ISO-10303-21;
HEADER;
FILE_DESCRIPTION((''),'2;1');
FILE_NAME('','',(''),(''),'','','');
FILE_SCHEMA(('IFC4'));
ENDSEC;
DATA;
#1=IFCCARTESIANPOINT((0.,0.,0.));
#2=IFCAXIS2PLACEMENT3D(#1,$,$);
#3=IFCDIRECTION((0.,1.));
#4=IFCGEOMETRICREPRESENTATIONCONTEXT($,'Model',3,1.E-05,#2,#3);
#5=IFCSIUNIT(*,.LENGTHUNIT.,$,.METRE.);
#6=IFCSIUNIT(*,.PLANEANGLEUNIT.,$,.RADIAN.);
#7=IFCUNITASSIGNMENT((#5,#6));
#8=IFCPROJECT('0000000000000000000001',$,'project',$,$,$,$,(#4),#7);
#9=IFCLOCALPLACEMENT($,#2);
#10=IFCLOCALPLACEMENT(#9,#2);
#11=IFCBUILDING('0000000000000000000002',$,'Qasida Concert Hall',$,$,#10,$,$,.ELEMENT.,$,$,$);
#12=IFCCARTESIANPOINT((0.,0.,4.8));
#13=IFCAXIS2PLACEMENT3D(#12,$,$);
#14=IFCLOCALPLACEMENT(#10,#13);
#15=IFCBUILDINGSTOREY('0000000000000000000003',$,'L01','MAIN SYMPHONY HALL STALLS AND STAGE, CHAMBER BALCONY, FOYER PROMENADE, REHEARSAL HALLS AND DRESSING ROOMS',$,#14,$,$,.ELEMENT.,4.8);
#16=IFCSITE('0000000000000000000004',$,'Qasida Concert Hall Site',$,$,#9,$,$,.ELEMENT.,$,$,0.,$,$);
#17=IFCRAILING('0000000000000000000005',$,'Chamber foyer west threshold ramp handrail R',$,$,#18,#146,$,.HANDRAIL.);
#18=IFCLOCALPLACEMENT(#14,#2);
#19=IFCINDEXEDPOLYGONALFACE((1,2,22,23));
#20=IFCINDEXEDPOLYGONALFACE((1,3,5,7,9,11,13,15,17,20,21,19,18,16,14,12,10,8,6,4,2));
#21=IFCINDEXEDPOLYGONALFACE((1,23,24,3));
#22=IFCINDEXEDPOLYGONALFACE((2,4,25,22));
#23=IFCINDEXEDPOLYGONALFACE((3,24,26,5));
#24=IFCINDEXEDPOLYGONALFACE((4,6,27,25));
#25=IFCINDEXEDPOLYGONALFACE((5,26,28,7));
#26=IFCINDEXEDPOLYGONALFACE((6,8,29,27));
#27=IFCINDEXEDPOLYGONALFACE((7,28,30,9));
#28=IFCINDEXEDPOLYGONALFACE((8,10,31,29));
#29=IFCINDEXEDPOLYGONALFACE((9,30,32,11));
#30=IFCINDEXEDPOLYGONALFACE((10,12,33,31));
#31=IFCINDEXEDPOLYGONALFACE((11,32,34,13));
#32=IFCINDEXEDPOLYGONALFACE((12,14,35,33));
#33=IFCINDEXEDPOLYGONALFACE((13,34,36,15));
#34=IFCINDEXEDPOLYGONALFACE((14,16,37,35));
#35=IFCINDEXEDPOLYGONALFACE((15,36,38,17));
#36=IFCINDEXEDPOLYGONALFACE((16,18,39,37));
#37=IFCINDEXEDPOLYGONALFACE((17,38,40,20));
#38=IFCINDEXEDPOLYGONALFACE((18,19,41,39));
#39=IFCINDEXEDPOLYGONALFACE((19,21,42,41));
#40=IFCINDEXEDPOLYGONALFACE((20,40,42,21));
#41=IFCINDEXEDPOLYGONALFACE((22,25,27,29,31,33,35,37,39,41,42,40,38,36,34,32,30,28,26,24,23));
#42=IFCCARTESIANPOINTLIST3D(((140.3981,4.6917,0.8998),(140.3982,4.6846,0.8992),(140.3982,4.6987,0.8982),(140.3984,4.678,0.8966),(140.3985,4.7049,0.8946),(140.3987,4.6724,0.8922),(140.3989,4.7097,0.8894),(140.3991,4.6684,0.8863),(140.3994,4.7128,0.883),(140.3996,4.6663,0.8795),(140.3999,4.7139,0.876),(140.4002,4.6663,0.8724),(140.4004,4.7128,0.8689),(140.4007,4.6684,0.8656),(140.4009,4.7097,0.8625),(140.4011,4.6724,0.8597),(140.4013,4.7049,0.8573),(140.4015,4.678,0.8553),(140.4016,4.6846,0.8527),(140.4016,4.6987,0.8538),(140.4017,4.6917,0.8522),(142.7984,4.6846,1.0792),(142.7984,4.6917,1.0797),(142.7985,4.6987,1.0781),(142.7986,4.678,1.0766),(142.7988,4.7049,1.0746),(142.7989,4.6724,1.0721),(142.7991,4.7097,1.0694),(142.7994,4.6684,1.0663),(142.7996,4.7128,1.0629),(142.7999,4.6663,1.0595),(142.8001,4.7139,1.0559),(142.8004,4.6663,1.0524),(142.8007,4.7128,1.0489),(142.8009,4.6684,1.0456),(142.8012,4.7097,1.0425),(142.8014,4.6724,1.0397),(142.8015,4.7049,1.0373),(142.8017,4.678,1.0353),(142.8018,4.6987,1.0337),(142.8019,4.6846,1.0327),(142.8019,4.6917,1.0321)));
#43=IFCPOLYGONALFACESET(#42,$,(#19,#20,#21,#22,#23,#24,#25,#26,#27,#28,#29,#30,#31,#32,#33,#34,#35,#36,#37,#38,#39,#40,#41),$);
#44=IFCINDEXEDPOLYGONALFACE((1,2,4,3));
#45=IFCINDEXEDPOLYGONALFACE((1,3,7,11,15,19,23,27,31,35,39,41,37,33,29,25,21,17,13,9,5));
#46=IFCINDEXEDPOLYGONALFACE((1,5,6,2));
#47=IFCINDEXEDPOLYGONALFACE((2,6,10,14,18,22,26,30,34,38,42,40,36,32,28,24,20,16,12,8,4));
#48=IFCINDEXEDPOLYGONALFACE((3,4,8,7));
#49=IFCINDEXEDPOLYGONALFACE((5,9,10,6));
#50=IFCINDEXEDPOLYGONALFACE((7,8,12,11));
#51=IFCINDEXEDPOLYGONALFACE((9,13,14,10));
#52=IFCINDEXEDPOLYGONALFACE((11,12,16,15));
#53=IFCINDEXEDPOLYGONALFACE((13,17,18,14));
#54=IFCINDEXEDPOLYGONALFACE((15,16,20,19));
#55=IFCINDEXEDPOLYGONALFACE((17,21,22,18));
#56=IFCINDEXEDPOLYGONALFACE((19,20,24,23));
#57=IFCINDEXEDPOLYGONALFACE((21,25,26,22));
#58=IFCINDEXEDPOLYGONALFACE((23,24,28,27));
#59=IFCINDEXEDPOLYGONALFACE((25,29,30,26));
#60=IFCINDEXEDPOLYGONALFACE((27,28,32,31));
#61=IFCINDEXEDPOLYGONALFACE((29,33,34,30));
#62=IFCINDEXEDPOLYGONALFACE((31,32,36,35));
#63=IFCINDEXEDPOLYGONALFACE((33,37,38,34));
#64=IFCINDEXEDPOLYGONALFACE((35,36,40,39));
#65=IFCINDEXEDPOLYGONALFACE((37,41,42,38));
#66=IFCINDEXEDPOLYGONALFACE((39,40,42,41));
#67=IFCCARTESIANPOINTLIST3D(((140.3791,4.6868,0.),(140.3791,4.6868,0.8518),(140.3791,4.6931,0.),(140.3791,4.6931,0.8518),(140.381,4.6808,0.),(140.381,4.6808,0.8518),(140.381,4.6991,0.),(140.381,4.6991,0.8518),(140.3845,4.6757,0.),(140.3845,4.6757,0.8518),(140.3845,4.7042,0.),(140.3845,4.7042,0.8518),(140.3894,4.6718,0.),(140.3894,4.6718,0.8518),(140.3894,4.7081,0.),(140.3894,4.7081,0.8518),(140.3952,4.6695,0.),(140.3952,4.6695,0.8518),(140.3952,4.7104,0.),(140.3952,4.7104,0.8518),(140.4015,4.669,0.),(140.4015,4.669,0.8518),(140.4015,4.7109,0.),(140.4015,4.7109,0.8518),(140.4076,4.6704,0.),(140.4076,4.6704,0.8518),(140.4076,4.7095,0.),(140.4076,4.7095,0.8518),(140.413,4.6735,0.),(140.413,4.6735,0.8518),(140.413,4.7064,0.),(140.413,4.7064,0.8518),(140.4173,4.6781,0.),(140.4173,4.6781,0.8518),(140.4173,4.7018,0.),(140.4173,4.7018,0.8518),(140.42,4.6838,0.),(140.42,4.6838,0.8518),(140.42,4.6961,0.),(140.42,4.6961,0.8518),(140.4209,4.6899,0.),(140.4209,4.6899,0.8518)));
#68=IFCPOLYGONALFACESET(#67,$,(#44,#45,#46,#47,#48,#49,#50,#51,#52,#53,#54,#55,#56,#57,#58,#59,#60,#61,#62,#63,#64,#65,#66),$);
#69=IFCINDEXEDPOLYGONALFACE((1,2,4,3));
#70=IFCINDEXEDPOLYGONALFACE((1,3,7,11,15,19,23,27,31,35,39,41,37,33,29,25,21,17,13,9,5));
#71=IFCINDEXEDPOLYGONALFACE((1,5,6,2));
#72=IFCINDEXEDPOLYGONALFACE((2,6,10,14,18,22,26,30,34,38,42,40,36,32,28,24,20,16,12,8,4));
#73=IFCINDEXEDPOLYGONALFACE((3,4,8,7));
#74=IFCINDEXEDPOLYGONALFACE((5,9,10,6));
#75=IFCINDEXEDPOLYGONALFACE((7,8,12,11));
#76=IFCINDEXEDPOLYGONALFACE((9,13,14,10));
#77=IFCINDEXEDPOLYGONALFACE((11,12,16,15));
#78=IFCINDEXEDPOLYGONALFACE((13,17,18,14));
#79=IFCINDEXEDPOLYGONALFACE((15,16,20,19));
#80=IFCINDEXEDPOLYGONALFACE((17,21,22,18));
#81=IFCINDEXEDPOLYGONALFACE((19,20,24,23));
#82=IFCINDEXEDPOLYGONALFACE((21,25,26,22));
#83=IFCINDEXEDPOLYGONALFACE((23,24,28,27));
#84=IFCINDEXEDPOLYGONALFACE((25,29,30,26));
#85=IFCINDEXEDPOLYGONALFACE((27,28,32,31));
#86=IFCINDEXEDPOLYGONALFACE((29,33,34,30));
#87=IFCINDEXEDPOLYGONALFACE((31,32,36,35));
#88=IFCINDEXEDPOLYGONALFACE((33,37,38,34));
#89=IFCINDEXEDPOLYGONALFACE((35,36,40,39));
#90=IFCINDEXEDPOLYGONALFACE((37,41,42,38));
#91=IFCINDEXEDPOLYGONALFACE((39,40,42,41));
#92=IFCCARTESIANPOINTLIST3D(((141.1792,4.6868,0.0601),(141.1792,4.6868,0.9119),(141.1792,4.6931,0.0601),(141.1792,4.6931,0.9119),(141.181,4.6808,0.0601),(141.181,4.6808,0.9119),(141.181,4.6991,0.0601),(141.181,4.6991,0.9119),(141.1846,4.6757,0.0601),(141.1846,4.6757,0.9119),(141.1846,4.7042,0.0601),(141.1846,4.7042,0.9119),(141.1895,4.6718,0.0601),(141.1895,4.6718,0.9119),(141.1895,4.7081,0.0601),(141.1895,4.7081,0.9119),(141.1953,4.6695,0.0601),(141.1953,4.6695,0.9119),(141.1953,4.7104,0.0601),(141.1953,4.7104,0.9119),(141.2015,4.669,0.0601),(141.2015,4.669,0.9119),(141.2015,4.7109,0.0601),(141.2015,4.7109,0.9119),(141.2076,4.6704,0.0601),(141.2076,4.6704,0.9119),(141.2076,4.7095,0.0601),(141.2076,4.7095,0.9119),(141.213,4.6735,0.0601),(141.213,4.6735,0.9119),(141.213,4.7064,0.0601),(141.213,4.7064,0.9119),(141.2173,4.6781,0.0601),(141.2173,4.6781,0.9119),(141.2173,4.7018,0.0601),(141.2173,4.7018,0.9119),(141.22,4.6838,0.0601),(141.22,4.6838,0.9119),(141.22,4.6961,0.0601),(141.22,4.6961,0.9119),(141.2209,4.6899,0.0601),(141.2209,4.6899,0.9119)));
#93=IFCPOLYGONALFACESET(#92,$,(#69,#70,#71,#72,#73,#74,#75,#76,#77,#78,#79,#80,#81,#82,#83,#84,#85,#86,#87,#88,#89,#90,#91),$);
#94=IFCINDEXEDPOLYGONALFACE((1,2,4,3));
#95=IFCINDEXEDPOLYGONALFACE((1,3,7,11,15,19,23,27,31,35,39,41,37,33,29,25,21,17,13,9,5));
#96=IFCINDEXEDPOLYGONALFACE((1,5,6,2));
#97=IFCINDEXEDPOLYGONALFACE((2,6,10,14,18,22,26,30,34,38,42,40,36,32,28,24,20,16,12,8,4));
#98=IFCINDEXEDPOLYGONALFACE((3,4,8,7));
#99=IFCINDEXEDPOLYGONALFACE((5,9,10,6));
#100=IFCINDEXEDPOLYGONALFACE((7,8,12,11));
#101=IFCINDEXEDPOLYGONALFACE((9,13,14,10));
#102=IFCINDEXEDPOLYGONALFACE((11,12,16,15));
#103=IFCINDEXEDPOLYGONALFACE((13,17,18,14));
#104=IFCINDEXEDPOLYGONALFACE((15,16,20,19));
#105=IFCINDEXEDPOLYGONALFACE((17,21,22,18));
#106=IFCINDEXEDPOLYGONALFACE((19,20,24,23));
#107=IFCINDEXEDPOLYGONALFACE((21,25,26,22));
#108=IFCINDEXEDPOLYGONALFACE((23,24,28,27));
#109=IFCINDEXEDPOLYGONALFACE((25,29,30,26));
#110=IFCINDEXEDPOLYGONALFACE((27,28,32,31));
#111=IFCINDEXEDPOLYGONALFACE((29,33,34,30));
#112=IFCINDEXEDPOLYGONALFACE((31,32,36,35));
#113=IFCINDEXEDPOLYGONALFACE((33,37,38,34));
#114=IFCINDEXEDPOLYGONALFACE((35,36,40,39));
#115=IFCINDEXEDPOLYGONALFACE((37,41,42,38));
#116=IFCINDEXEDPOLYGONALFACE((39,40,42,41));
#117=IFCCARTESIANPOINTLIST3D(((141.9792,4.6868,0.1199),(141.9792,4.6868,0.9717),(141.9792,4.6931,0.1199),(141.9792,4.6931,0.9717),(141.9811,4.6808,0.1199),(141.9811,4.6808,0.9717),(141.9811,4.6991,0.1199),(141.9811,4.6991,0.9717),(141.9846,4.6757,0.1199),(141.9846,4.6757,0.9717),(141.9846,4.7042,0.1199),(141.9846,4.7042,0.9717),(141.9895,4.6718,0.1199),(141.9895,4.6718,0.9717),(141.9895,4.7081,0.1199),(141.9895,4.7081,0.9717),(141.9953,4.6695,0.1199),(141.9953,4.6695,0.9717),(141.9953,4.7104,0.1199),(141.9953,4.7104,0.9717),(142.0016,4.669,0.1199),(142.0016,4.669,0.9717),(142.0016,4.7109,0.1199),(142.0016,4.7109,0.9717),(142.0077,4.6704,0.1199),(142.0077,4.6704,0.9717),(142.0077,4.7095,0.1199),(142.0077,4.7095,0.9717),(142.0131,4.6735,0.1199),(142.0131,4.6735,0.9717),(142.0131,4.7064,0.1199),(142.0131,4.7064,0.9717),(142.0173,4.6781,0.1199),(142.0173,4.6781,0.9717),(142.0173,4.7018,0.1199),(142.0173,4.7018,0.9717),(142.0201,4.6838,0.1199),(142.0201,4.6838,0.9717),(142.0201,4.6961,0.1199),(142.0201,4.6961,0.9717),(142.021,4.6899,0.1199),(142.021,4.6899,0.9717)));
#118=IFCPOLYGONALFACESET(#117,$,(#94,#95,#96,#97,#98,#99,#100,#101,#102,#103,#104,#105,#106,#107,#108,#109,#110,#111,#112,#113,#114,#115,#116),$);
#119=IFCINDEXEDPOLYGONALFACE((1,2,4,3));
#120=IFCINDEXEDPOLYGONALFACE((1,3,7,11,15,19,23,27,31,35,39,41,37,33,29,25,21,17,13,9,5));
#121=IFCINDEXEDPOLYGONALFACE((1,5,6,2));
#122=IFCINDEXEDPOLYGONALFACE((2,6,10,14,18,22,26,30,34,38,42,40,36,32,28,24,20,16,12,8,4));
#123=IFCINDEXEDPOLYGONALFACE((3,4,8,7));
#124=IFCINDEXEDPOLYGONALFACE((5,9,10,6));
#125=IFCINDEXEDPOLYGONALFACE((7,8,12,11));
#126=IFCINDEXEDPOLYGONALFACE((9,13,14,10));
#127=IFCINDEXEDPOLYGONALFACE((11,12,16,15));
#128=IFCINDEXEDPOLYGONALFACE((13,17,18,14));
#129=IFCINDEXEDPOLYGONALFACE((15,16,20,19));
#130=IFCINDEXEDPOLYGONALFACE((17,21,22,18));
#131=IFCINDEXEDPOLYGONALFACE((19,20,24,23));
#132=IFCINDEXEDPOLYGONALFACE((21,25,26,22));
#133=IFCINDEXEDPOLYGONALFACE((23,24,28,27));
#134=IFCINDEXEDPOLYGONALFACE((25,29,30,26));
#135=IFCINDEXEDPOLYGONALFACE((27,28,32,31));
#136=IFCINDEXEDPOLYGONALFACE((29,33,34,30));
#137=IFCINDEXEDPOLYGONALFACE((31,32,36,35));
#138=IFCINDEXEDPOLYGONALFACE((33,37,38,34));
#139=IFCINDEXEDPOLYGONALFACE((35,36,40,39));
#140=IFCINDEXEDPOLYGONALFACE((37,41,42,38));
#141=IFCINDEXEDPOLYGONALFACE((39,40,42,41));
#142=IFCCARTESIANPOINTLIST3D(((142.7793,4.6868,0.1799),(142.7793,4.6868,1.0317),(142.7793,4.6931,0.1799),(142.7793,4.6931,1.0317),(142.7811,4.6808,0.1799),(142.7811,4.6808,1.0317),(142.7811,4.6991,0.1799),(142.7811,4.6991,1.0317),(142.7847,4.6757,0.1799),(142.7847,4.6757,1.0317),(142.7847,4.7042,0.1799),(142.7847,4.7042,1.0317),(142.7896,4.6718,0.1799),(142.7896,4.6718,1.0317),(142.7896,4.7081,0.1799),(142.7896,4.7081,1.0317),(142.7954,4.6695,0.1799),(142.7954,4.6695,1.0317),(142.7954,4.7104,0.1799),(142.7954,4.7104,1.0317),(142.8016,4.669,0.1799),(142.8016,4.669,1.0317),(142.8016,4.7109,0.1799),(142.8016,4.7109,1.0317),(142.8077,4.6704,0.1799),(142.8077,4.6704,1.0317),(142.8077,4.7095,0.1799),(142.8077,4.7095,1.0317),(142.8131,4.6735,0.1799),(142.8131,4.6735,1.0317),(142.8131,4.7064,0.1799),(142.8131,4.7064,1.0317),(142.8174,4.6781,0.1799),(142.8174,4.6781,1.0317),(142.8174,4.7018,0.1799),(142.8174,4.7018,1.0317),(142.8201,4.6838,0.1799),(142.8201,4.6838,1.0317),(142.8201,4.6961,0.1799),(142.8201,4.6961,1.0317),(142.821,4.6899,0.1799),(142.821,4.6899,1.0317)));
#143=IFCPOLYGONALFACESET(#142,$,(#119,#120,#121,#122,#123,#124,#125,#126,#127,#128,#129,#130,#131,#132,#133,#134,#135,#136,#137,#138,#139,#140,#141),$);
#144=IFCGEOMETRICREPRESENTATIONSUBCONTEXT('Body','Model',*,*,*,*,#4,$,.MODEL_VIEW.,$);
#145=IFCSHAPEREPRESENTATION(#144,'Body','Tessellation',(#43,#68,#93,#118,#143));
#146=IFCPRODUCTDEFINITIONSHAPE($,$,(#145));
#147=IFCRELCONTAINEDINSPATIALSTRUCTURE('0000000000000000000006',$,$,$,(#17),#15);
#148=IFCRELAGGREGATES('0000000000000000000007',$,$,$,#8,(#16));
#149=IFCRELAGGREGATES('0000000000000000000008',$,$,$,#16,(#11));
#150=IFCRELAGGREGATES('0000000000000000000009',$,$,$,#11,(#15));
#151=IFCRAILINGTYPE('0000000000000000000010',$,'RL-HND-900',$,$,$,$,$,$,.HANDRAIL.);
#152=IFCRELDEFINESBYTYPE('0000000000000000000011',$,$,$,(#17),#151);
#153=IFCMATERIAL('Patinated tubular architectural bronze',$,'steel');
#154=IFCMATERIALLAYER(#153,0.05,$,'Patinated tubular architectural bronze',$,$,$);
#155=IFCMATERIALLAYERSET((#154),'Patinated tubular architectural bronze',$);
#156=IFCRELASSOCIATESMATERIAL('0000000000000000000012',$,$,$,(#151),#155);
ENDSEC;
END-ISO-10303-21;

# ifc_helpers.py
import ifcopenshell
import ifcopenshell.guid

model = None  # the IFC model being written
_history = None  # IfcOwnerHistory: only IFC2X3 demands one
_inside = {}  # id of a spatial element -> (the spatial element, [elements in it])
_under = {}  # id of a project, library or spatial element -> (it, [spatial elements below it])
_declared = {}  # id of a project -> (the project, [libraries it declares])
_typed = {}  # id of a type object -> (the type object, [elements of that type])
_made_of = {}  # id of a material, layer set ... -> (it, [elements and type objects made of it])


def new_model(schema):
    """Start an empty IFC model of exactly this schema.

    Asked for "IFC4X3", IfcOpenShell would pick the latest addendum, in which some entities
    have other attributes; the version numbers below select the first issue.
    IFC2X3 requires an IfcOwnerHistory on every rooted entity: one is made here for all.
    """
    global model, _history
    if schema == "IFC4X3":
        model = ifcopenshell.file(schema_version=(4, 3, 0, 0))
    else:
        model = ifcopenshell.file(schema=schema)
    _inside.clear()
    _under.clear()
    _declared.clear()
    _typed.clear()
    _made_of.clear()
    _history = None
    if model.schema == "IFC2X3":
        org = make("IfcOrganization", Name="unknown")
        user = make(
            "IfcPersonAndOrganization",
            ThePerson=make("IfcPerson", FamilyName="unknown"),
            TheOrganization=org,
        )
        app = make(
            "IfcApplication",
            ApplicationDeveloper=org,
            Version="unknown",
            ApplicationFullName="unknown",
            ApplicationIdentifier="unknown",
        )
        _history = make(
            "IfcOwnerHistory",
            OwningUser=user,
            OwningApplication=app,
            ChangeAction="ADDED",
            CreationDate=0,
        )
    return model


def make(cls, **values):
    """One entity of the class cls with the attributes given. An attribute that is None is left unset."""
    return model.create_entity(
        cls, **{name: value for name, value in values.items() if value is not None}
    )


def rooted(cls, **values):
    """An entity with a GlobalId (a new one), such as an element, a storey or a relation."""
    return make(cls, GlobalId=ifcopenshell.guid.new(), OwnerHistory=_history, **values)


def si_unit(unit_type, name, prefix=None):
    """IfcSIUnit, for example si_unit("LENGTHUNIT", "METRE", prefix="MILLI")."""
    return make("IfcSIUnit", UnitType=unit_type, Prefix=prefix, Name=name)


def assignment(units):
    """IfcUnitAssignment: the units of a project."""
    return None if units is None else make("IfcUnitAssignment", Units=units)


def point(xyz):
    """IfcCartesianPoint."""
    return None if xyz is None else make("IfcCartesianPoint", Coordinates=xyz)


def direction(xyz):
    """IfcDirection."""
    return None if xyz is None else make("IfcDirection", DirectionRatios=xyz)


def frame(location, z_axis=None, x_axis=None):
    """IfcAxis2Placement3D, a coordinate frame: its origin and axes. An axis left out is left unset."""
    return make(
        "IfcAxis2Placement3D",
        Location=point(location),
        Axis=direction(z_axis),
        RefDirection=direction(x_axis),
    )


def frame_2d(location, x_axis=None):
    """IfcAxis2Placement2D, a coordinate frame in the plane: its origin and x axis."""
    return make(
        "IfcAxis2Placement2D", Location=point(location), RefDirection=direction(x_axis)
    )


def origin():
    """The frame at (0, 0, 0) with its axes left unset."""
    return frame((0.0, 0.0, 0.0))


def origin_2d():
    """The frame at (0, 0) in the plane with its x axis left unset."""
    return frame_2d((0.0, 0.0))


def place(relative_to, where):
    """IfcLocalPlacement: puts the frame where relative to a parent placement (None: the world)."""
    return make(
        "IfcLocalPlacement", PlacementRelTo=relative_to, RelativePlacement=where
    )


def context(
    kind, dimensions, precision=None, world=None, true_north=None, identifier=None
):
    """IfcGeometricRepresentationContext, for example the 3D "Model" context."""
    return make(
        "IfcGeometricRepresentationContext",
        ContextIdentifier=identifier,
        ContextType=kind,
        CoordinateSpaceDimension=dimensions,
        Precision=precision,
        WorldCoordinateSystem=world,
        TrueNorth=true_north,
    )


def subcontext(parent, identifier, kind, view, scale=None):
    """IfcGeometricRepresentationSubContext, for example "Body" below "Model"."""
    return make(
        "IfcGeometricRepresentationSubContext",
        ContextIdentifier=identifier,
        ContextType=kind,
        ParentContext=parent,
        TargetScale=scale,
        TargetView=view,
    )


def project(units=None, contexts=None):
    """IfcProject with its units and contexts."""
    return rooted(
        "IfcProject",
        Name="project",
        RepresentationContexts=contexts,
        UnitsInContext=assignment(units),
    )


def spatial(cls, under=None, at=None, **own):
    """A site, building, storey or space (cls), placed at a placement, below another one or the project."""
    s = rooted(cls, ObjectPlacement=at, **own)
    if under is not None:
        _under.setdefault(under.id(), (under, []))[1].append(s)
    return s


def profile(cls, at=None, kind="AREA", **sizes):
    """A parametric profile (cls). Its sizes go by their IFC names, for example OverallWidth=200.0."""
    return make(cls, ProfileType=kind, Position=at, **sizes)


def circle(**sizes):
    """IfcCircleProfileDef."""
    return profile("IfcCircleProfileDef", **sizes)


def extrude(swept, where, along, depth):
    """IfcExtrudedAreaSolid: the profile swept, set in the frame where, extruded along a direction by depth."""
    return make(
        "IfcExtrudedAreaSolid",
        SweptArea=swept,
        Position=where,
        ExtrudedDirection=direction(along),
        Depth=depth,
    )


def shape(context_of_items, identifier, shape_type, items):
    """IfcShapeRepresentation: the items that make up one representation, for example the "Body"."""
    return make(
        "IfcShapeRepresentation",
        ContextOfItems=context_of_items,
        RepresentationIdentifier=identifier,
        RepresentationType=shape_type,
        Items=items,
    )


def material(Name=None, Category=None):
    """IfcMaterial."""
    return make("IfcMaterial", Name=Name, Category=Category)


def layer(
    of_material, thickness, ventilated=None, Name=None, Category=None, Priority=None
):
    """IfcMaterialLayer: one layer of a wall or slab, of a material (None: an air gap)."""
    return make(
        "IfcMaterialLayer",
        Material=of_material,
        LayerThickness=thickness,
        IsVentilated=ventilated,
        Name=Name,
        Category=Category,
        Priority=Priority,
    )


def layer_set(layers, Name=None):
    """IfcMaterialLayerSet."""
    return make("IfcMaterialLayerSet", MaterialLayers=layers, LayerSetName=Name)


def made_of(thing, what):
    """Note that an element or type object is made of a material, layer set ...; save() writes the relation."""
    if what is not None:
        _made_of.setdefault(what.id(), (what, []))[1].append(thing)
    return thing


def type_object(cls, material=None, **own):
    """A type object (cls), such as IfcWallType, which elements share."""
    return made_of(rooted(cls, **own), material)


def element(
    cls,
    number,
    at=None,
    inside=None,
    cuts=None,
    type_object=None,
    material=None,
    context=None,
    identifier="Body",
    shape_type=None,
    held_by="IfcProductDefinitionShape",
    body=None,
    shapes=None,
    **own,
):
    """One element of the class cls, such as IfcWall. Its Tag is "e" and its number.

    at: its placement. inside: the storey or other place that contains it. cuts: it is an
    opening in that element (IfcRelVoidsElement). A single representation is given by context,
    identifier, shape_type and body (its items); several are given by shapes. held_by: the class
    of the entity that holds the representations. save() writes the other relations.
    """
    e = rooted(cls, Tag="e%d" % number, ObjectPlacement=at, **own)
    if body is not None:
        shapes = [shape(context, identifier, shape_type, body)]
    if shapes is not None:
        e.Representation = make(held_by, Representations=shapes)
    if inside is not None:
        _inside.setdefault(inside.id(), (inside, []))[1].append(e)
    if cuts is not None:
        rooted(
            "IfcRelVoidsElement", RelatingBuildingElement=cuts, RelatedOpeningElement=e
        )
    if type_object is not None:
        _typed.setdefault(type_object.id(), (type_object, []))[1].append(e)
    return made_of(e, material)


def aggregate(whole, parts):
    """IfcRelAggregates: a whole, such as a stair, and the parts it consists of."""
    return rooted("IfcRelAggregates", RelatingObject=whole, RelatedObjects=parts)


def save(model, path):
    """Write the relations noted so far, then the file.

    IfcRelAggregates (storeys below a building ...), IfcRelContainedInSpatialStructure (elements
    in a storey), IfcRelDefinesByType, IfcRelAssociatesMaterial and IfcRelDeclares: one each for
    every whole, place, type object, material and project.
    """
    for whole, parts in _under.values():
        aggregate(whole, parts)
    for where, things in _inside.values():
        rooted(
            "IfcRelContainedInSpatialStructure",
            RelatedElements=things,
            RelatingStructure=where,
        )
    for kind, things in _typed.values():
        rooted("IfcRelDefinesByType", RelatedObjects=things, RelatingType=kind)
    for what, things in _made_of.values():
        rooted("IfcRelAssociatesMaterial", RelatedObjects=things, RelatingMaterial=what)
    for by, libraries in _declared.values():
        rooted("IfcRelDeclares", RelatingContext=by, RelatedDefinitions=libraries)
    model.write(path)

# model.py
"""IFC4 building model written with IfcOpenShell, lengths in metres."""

from ifc_helpers import new_model, si_unit, direction, frame, origin, origin_2d, place, context, subcontext, project, spatial, circle, extrude, material, layer, layer_set, type_object, element, save


model = new_model("IFC4")

# Units and contexts
model_context = context("Model", 3, precision=1e-05, world=origin(), true_north=direction((0.0, 1.0)))
body_context = subcontext(model_context, "Body", "Model", "MODEL_VIEW")
ifc_project = project(units=[si_unit("LENGTHUNIT", "METRE"), si_unit("PLANEANGLEUNIT", "RADIAN")], contexts=[model_context])

# Site, building, storey
site_placement = place(None, origin())
site = spatial("IfcSite", under=ifc_project, at=site_placement, Name="Qasida Concert Hall Site", CompositionType="ELEMENT", RefElevation=0.0)
building_placement = place(site_placement, origin())
building = spatial("IfcBuilding", under=site, at=building_placement, Name="Qasida Concert Hall", CompositionType="ELEMENT")
storey_placement = place(building_placement, frame((0.0, 0.0, 4.8)))
storey = spatial("IfcBuildingStorey", under=building, at=storey_placement, Name="L01", Description="MAIN SYMPHONY HALL STALLS AND STAGE, CHAMBER BALCONY, FOYER PROMENADE, REHEARSAL HALLS AND DRESSING ROOMS", CompositionType="ELEMENT", Elevation=4.8)

# Railing
ifc_material_1 = material(Name="Patinated tubular architectural bronze", Category="steel")
ifc_layer_1 = layer(ifc_material_1, 0.05, Name="Patinated tubular architectural bronze")
ifc_layer_set_1 = layer_set([ifc_layer_1], Name="Patinated tubular architectural bronze")
railing_type_1 = type_object("IfcRailingType", Name="RL-HND-900", PredefinedType="HANDRAIL", material=ifc_layer_set_1)
for number, where, name in (
    (1, (140.3999, 4.6899, 0.0), "Chamber foyer west threshold ramp handrail R"),
):
    element("IfcRailing", number, at=place(storey_placement, frame(where)), inside=storey, type_object=railing_type_1, Name=name, PredefinedType="HANDRAIL", context=body_context, shape_type="SweptSolid", body=[
        extrude(circle(Radius=0.0239, at=origin_2d()), frame((0.0, 0.0, 0.876), z_axis=(0.997202, 0.0, 0.074757), x_axis=(0.0, 1.0, 0.0)), (0.0, 0.0, 1.0), 2.407),
        extrude(circle(Radius=0.021, at=origin_2d()), origin(), (0.0, 0.0, 1.0), 0.8518),
        extrude(circle(Radius=0.021, at=origin_2d()), frame((0.8, 0.0, 0.0601)), (0.0, 0.0, 1.0), 0.8518),
        extrude(circle(Radius=0.021, at=origin_2d()), frame((1.6001, 0.0, 0.1199)), (0.0, 0.0, 1.0), 0.8518),
        extrude(circle(Radius=0.021, at=origin_2d()), frame((2.4001, 0.0, 0.1799)), (0.0, 0.0, 1.0), 0.8518),
    ])

save(model, "model.ifc")
